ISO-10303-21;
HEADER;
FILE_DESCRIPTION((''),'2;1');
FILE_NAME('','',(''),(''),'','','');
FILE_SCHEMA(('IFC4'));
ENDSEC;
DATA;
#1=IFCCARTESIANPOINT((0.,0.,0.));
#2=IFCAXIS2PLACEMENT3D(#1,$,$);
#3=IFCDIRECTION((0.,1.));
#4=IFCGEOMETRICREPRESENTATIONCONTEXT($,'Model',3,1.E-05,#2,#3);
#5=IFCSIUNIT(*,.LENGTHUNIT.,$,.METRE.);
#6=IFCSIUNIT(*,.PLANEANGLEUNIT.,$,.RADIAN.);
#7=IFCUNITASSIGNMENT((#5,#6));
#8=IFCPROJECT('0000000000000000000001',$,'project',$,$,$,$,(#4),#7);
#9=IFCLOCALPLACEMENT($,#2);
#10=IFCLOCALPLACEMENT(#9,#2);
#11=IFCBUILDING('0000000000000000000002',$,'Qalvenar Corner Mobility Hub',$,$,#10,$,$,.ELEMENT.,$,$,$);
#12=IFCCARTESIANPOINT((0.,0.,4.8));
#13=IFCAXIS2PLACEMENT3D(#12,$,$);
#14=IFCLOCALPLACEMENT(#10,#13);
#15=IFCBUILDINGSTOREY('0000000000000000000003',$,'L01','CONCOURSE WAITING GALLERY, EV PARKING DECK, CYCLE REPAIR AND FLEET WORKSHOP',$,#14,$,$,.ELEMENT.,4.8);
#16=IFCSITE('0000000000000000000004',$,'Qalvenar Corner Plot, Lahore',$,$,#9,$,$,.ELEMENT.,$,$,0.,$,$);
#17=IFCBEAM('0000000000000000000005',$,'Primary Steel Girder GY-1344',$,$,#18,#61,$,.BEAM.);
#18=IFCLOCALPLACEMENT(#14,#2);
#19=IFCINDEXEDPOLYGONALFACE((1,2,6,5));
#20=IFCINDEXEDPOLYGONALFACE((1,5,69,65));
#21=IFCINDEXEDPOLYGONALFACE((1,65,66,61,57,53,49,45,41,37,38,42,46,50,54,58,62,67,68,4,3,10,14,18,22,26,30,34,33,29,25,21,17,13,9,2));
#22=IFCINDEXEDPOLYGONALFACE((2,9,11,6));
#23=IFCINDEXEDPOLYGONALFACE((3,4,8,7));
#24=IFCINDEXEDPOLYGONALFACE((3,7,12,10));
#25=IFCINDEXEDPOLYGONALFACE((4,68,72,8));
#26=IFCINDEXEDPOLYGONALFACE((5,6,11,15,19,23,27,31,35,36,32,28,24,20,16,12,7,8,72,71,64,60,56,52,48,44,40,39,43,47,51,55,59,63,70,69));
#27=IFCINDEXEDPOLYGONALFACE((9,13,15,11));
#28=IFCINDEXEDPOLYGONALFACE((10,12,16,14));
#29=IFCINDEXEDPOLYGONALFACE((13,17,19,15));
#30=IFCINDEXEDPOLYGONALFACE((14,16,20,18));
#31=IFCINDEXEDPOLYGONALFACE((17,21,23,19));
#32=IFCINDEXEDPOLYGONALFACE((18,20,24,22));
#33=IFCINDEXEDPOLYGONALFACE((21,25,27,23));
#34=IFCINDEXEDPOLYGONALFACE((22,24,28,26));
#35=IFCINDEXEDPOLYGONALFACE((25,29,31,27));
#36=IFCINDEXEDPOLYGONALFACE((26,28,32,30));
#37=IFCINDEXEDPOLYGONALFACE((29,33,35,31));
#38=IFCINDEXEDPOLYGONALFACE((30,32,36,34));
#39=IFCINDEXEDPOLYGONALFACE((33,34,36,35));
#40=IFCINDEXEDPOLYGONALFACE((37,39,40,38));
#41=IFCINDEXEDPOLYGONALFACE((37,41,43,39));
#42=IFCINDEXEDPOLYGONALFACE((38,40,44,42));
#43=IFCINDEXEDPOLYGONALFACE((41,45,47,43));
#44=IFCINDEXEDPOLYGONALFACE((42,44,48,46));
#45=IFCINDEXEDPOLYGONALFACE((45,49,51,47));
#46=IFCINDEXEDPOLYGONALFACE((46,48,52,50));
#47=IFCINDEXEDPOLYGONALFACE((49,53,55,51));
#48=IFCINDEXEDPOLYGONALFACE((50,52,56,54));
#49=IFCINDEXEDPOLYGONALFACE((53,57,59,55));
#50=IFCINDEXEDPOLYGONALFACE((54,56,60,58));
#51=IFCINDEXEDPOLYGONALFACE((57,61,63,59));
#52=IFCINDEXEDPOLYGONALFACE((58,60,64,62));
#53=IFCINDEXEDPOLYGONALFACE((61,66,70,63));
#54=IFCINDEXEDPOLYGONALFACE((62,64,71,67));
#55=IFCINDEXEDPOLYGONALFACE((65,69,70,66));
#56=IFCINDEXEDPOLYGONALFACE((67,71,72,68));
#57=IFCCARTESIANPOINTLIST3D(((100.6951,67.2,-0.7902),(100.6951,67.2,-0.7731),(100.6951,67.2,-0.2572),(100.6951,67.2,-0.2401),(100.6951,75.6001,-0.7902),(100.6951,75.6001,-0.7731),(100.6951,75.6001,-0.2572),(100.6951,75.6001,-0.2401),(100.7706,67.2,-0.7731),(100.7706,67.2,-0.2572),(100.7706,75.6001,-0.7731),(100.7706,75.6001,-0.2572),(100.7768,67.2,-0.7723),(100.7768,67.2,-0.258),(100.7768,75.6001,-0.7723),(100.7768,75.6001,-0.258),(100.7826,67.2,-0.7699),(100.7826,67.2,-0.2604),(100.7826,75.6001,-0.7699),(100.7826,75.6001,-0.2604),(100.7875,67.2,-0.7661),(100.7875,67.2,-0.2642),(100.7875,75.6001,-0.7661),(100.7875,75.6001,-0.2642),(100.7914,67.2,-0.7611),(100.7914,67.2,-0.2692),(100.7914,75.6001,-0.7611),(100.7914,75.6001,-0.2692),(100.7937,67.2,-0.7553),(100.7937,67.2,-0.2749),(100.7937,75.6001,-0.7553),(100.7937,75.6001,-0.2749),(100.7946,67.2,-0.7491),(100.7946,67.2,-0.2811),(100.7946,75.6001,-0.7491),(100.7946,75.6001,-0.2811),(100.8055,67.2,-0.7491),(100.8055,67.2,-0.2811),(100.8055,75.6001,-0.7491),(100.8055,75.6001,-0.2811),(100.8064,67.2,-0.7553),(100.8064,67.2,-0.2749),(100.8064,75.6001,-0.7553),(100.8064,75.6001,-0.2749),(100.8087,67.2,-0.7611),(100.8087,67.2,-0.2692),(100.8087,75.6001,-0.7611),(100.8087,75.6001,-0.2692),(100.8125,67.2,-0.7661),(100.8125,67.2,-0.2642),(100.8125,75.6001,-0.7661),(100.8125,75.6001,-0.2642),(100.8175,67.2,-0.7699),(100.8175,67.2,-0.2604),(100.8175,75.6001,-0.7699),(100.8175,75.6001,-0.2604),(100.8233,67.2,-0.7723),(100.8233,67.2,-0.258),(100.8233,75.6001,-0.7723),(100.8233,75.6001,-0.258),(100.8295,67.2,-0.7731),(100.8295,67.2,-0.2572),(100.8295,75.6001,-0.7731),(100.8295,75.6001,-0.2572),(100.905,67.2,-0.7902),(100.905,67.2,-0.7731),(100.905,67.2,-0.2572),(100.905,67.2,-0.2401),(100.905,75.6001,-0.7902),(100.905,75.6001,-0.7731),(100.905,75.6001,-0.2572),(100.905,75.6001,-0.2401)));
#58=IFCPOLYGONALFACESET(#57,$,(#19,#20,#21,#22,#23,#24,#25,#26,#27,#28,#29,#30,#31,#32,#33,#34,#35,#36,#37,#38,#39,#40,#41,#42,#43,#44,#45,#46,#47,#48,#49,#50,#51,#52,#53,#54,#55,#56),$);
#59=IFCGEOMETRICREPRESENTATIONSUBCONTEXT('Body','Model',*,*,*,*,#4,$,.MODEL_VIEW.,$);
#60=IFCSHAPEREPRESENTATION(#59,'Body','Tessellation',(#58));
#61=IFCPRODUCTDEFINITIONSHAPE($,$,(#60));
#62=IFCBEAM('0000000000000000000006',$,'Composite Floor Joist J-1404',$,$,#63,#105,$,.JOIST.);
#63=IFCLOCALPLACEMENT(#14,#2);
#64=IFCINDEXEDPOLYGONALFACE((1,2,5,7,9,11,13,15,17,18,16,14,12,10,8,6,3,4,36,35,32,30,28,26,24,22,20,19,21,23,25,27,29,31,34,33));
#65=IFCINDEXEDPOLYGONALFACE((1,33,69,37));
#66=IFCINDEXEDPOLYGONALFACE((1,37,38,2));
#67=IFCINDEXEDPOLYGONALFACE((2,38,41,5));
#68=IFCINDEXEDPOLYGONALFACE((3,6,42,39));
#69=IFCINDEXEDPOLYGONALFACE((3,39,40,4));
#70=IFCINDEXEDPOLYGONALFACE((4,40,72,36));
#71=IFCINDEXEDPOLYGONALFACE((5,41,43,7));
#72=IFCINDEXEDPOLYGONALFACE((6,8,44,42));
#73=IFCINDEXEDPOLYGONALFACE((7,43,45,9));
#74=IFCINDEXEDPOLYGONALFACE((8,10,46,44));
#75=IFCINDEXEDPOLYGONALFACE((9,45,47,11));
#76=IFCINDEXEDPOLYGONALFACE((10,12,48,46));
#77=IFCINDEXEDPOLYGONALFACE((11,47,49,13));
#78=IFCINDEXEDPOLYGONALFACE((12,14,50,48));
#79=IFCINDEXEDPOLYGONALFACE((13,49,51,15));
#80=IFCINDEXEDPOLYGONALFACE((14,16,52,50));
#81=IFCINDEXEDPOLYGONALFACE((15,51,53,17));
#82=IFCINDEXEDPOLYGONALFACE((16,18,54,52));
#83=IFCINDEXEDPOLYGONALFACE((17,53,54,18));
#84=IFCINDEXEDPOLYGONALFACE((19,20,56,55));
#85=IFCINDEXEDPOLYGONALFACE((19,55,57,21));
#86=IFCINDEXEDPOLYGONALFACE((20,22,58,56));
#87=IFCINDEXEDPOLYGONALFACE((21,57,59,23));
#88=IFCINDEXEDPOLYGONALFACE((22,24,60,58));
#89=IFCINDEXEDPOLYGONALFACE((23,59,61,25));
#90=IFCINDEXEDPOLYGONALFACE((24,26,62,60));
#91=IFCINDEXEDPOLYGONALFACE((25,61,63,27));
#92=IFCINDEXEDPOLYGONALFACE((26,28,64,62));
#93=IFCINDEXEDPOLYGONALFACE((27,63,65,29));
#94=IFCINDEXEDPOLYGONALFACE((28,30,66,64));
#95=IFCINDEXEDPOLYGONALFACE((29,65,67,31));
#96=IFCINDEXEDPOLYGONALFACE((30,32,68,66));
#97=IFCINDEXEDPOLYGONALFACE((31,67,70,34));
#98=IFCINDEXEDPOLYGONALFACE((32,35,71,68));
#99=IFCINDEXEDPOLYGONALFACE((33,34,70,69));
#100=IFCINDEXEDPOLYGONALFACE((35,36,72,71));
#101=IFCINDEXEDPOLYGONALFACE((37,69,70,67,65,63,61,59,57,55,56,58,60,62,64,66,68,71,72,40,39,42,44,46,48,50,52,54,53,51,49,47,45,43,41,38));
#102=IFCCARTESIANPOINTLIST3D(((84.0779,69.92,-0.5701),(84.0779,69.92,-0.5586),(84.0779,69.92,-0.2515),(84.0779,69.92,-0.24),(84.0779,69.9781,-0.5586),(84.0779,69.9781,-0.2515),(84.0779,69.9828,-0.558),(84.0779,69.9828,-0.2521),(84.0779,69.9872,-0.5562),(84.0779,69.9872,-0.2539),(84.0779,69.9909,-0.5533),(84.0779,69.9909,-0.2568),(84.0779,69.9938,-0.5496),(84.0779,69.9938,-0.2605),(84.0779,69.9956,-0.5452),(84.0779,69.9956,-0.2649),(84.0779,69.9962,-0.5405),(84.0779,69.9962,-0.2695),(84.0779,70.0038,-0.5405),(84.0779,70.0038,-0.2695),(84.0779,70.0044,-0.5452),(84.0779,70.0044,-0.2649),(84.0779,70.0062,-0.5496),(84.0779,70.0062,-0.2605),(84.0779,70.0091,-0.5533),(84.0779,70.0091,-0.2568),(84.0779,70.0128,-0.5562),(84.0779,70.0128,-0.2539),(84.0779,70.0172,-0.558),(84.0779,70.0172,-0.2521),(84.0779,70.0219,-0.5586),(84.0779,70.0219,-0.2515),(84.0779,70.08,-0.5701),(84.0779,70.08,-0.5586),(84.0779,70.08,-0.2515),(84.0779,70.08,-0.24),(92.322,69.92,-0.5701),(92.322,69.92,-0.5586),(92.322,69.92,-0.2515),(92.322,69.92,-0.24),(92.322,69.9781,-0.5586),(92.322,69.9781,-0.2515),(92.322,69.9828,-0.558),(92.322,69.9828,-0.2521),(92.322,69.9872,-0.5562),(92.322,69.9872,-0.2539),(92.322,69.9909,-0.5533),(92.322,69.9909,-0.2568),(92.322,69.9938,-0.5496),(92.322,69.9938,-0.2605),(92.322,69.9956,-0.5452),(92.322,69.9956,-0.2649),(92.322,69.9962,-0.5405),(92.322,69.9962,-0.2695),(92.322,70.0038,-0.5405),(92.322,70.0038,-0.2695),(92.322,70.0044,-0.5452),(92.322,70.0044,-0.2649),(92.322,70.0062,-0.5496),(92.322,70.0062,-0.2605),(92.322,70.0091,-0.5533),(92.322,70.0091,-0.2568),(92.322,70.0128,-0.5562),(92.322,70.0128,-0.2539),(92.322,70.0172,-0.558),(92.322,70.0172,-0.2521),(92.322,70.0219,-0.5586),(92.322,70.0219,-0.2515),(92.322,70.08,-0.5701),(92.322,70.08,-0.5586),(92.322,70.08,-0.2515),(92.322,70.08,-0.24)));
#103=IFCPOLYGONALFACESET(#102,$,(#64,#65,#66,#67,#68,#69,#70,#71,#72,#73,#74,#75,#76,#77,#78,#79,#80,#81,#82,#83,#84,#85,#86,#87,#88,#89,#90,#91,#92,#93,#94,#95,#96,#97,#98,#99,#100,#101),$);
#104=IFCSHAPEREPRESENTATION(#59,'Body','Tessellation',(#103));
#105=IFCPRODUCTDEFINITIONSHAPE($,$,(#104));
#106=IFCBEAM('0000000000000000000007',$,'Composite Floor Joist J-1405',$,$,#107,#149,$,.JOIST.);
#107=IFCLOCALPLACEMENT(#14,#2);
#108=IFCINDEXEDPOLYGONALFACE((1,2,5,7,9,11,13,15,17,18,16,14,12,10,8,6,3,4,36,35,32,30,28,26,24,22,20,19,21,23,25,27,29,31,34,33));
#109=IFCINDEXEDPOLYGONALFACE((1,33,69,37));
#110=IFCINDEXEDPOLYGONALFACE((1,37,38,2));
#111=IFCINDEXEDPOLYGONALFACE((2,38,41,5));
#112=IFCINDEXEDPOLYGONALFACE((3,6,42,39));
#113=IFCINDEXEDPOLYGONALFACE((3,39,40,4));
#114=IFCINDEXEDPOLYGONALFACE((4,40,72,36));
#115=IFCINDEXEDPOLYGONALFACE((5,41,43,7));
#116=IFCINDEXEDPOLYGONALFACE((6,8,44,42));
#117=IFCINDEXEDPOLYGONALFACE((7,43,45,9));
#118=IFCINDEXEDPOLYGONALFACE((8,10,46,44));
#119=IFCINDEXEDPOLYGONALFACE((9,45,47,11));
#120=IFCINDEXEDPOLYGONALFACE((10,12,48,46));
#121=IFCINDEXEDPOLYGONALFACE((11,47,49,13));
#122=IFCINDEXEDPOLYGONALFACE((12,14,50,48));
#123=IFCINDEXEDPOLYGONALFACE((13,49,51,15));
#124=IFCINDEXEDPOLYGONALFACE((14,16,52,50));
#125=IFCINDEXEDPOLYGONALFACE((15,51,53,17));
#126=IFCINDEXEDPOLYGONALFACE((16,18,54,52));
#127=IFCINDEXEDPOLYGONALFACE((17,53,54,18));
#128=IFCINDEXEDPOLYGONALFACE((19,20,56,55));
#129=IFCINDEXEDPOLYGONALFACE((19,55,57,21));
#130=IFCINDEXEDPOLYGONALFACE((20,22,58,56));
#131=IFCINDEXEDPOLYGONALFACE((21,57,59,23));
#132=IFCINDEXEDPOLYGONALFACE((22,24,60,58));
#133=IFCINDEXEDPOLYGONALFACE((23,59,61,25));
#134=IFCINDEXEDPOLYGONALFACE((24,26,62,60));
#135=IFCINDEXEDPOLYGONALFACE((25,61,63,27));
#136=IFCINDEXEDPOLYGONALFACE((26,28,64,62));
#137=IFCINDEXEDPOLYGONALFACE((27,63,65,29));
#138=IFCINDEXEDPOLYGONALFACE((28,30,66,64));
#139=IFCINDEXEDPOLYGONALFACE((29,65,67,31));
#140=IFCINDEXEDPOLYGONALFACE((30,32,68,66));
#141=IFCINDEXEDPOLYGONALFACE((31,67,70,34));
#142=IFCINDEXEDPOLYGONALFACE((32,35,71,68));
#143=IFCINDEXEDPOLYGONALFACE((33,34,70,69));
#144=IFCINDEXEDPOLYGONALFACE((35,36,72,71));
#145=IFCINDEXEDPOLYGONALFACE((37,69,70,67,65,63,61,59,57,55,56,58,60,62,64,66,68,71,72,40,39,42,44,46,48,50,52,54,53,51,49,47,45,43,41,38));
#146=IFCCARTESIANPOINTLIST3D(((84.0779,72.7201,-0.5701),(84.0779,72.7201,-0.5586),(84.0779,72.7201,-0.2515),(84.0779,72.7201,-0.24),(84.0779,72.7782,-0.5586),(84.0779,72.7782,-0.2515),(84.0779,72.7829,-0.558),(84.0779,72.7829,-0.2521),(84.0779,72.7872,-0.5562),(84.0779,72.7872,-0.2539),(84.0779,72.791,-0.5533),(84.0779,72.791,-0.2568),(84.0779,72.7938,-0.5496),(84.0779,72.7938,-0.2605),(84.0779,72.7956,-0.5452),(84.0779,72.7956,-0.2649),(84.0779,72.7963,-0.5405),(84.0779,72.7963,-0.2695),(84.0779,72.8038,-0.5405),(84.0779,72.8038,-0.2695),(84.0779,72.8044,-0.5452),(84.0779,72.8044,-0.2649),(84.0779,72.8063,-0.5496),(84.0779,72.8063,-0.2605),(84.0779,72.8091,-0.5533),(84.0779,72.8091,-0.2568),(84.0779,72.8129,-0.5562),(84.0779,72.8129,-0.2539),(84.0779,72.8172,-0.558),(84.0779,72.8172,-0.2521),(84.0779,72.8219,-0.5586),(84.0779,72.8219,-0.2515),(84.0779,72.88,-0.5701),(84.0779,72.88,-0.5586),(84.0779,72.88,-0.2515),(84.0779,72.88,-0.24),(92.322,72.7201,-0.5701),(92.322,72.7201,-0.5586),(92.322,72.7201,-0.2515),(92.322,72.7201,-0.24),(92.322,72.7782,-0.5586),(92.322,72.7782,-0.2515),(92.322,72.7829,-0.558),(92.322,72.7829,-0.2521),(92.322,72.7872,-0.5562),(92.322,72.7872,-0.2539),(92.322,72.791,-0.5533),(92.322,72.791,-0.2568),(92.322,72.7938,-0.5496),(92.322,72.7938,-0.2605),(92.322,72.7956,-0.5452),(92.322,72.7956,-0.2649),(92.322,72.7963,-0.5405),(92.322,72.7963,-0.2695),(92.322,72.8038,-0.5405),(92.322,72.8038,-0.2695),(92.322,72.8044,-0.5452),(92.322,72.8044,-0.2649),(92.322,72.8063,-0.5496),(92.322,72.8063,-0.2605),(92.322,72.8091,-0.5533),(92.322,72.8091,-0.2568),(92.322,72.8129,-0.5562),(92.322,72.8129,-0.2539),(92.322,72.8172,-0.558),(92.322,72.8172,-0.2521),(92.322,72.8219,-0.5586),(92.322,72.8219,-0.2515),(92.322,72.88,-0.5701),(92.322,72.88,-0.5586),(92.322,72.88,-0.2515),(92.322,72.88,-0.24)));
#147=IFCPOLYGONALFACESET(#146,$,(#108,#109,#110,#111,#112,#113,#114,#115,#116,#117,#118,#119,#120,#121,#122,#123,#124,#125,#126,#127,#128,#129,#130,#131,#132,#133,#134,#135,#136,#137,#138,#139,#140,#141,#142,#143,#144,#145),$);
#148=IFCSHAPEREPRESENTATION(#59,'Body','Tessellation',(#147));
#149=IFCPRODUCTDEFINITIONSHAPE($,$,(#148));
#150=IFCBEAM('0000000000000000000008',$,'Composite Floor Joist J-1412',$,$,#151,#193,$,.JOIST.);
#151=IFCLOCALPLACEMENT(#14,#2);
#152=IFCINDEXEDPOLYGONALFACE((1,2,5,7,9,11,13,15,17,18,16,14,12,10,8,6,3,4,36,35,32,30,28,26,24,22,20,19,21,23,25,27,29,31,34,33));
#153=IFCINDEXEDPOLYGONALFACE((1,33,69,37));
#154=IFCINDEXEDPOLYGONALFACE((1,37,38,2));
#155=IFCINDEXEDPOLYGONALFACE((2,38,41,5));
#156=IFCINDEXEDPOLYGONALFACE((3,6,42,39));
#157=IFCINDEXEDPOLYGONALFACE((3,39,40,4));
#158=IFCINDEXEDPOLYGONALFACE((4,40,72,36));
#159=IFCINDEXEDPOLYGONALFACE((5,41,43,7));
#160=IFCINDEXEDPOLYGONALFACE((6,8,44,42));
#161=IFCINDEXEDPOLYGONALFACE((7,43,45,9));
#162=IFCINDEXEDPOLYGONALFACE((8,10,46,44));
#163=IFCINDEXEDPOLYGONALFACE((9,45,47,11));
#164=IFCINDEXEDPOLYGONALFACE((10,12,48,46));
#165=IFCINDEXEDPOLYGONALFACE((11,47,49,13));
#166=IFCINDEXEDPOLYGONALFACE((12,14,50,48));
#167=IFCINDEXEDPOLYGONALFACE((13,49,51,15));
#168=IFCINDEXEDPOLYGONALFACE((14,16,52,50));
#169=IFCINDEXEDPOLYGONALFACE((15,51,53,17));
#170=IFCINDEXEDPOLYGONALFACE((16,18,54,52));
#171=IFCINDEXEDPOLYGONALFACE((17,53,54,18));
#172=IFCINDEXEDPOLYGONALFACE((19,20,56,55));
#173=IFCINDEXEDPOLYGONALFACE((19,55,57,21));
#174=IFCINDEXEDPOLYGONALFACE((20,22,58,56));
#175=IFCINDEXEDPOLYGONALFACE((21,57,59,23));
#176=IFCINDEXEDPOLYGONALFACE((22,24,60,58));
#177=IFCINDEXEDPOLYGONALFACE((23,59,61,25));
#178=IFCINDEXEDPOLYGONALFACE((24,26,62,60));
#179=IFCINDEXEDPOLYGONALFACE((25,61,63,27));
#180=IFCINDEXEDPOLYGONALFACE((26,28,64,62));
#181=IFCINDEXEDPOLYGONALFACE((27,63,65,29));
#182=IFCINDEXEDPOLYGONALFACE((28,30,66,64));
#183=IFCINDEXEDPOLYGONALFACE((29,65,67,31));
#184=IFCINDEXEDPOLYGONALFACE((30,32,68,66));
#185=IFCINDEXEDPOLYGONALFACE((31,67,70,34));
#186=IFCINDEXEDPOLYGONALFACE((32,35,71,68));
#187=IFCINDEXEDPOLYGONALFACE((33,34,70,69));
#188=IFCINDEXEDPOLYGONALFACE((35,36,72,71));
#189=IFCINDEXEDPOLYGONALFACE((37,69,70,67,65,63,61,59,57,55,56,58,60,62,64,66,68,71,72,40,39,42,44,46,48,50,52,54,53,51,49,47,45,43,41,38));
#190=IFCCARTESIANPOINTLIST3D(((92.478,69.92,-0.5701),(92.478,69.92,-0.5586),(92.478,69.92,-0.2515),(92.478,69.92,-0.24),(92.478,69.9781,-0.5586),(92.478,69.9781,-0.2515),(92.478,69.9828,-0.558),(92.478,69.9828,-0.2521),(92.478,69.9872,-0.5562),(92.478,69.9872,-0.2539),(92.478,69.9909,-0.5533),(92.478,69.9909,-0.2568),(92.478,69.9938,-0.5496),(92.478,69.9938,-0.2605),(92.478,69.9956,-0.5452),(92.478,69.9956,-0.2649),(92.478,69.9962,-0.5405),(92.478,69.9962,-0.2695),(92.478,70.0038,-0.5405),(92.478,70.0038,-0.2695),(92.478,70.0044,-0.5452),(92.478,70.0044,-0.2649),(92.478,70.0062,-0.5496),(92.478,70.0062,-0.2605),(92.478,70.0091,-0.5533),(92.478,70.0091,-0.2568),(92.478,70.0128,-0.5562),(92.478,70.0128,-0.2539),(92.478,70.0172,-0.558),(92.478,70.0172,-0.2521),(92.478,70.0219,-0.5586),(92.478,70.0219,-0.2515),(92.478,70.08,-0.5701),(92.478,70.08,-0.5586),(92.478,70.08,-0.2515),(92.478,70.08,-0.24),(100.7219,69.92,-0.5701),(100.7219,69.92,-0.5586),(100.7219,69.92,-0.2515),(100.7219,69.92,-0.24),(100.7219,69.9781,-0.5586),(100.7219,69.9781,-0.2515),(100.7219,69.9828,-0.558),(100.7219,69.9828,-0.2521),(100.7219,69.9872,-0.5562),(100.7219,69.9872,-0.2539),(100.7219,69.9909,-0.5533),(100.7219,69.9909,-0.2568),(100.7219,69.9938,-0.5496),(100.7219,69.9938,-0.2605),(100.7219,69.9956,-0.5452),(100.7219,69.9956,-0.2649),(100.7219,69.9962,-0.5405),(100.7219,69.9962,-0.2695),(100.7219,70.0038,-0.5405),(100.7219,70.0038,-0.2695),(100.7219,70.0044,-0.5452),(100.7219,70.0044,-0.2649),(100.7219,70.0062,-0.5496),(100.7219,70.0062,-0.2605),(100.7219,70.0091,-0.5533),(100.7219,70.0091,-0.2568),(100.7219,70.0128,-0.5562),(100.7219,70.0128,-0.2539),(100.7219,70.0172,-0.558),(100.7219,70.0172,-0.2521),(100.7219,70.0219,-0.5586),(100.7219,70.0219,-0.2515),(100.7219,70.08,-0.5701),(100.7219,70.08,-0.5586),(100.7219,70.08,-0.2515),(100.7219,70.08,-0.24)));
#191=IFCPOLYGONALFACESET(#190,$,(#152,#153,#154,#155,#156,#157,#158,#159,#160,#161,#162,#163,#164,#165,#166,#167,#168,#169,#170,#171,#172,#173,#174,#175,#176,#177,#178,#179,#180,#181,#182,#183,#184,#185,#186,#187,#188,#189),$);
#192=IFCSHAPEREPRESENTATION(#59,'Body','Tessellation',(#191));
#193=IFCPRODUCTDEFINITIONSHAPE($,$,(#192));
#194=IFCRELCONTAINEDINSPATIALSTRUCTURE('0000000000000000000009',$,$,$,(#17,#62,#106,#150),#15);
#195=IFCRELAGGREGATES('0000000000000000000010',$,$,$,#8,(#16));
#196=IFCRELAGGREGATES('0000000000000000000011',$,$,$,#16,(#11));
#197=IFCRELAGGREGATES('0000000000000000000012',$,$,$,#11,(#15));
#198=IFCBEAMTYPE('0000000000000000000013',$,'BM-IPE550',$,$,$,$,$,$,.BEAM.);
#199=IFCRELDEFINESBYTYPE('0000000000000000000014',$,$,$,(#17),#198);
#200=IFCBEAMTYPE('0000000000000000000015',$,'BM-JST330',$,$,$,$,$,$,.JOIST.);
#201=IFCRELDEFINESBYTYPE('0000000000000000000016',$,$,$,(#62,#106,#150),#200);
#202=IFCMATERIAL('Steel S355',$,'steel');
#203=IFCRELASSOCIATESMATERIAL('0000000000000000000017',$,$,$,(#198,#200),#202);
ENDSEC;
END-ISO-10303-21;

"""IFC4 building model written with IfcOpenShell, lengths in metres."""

from ifc_helpers import new_model, si_unit, direction, frame, origin, origin_2d, place, context, subcontext, project, spatial, i_section, extrude, material, material_profile, profile_set, type_object, element, save


model = new_model("IFC4")

# Units and contexts
model_context = context("Model", 3, precision=1e-05, world=origin(), true_north=direction((0.0, 1.0)))
body_context = subcontext(model_context, "Body", "Model", "MODEL_VIEW")
ifc_project = project(units=[si_unit("LENGTHUNIT", "METRE"), si_unit("PLANEANGLEUNIT", "RADIAN")], contexts=[model_context])

# Site, building, storey
site_placement = place(None, origin())
site = spatial("IfcSite", under=ifc_project, at=site_placement, Name="Qalvenar Corner Plot, Lahore", CompositionType="ELEMENT", RefElevation=0.0)
building_placement = place(site_placement, origin())
building = spatial("IfcBuilding", under=site, at=building_placement, Name="Qalvenar Corner Mobility Hub", CompositionType="ELEMENT")
storey_placement = place(building_placement, frame((0.0, 0.0, 4.8)))
storey = spatial("IfcBuildingStorey", under=building, at=storey_placement, Name="L01", Description="CONCOURSE WAITING GALLERY, EV PARKING DECK, CYCLE REPAIR AND FLEET WORKSHOP", CompositionType="ELEMENT", Elevation=4.8)

# Shared definitions
ifc_material = material(Name="Steel S355", Category="steel")

# Beams
ifc_material_profile_1 = material_profile(ifc_material, i_section(OverallWidth=0.21, OverallDepth=0.55, WebThickness=0.011, FlangeThickness=0.0171, FilletRadius=0.0239, at=origin_2d()), Name="IPE550")
ifc_profile_set_1 = profile_set([ifc_material_profile_1], Name="Steel S355")
beam_type_1 = type_object("IfcBeamType", Name="BM-IPE550", PredefinedType="BEAM", material=ifc_profile_set_1)
for number, where, z_axis, x_axis, name in (
    (1, (100.8, 67.2, -0.5151), (0.0, 1.0, 0.0), (-1.0, 0.0, 0.0), "Primary Steel Girder GY-1344"),
):
    element("IfcBeam", number, at=place(storey_placement, frame(where, z_axis=z_axis, x_axis=x_axis)), inside=storey, type_object=beam_type_1, Name=name, PredefinedType="BEAM", context=body_context, shape_type="SweptSolid", body=[
        extrude(i_section(OverallWidth=0.21, OverallDepth=0.55, WebThickness=0.011, FlangeThickness=0.0171, FilletRadius=0.0239, at=origin_2d()), origin(), (0.0, 0.0, 1.0), 8.4001),
    ])
ifc_material_profile_2 = material_profile(ifc_material, i_section(OverallWidth=0.1599, OverallDepth=0.3301, WebThickness=0.0076, FlangeThickness=0.0115, FilletRadius=0.0181, at=origin_2d()), Name="IPE330")
ifc_profile_set_2 = profile_set([ifc_material_profile_2], Name="Steel S355")
beam_type_2 = type_object("IfcBeamType", Name="BM-JST330", PredefinedType="JOIST", material=ifc_profile_set_2)
for number, where, z_axis, x_axis, name in (
    (2, (84.0779, 70.0, -0.405), (1.0, 0.0, 0.0), (0.0, 1.0, 0.0), "Composite Floor Joist J-1404"),
    (3, (84.0779, 72.8, -0.405), (1.0, 0.0, 0.0), (0.0, 1.0, 0.0), "Composite Floor Joist J-1405"),
):
    element("IfcBeam", number, at=place(storey_placement, frame(where, z_axis=z_axis, x_axis=x_axis)), inside=storey, type_object=beam_type_2, Name=name, PredefinedType="JOIST", context=body_context, shape_type="SweptSolid", body=[
        extrude(i_section(OverallWidth=0.1599, OverallDepth=0.3301, WebThickness=0.0076, FlangeThickness=0.0115, FilletRadius=0.0181, at=origin_2d()), origin(), (0.0, 0.0, 1.0), 8.2441),
    ])
for number, where, z_axis, x_axis, name in (
    (4, (92.478, 70.0, -0.405), (1.0, 0.0, 0.0), (0.0, 1.0, 0.0), "Composite Floor Joist J-1412"),
):
    element("IfcBeam", number, at=place(storey_placement, frame(where, z_axis=z_axis, x_axis=x_axis)), inside=storey, type_object=beam_type_2, Name=name, PredefinedType="JOIST", context=body_context, shape_type="SweptSolid", body=[
        extrude(i_section(OverallWidth=0.1599, OverallDepth=0.3301, WebThickness=0.0076, FlangeThickness=0.0115, FilletRadius=0.0181, at=origin_2d()), origin(), (0.0, 0.0, 1.0), 8.2439),
    ])

save(model, "model.ifc")
